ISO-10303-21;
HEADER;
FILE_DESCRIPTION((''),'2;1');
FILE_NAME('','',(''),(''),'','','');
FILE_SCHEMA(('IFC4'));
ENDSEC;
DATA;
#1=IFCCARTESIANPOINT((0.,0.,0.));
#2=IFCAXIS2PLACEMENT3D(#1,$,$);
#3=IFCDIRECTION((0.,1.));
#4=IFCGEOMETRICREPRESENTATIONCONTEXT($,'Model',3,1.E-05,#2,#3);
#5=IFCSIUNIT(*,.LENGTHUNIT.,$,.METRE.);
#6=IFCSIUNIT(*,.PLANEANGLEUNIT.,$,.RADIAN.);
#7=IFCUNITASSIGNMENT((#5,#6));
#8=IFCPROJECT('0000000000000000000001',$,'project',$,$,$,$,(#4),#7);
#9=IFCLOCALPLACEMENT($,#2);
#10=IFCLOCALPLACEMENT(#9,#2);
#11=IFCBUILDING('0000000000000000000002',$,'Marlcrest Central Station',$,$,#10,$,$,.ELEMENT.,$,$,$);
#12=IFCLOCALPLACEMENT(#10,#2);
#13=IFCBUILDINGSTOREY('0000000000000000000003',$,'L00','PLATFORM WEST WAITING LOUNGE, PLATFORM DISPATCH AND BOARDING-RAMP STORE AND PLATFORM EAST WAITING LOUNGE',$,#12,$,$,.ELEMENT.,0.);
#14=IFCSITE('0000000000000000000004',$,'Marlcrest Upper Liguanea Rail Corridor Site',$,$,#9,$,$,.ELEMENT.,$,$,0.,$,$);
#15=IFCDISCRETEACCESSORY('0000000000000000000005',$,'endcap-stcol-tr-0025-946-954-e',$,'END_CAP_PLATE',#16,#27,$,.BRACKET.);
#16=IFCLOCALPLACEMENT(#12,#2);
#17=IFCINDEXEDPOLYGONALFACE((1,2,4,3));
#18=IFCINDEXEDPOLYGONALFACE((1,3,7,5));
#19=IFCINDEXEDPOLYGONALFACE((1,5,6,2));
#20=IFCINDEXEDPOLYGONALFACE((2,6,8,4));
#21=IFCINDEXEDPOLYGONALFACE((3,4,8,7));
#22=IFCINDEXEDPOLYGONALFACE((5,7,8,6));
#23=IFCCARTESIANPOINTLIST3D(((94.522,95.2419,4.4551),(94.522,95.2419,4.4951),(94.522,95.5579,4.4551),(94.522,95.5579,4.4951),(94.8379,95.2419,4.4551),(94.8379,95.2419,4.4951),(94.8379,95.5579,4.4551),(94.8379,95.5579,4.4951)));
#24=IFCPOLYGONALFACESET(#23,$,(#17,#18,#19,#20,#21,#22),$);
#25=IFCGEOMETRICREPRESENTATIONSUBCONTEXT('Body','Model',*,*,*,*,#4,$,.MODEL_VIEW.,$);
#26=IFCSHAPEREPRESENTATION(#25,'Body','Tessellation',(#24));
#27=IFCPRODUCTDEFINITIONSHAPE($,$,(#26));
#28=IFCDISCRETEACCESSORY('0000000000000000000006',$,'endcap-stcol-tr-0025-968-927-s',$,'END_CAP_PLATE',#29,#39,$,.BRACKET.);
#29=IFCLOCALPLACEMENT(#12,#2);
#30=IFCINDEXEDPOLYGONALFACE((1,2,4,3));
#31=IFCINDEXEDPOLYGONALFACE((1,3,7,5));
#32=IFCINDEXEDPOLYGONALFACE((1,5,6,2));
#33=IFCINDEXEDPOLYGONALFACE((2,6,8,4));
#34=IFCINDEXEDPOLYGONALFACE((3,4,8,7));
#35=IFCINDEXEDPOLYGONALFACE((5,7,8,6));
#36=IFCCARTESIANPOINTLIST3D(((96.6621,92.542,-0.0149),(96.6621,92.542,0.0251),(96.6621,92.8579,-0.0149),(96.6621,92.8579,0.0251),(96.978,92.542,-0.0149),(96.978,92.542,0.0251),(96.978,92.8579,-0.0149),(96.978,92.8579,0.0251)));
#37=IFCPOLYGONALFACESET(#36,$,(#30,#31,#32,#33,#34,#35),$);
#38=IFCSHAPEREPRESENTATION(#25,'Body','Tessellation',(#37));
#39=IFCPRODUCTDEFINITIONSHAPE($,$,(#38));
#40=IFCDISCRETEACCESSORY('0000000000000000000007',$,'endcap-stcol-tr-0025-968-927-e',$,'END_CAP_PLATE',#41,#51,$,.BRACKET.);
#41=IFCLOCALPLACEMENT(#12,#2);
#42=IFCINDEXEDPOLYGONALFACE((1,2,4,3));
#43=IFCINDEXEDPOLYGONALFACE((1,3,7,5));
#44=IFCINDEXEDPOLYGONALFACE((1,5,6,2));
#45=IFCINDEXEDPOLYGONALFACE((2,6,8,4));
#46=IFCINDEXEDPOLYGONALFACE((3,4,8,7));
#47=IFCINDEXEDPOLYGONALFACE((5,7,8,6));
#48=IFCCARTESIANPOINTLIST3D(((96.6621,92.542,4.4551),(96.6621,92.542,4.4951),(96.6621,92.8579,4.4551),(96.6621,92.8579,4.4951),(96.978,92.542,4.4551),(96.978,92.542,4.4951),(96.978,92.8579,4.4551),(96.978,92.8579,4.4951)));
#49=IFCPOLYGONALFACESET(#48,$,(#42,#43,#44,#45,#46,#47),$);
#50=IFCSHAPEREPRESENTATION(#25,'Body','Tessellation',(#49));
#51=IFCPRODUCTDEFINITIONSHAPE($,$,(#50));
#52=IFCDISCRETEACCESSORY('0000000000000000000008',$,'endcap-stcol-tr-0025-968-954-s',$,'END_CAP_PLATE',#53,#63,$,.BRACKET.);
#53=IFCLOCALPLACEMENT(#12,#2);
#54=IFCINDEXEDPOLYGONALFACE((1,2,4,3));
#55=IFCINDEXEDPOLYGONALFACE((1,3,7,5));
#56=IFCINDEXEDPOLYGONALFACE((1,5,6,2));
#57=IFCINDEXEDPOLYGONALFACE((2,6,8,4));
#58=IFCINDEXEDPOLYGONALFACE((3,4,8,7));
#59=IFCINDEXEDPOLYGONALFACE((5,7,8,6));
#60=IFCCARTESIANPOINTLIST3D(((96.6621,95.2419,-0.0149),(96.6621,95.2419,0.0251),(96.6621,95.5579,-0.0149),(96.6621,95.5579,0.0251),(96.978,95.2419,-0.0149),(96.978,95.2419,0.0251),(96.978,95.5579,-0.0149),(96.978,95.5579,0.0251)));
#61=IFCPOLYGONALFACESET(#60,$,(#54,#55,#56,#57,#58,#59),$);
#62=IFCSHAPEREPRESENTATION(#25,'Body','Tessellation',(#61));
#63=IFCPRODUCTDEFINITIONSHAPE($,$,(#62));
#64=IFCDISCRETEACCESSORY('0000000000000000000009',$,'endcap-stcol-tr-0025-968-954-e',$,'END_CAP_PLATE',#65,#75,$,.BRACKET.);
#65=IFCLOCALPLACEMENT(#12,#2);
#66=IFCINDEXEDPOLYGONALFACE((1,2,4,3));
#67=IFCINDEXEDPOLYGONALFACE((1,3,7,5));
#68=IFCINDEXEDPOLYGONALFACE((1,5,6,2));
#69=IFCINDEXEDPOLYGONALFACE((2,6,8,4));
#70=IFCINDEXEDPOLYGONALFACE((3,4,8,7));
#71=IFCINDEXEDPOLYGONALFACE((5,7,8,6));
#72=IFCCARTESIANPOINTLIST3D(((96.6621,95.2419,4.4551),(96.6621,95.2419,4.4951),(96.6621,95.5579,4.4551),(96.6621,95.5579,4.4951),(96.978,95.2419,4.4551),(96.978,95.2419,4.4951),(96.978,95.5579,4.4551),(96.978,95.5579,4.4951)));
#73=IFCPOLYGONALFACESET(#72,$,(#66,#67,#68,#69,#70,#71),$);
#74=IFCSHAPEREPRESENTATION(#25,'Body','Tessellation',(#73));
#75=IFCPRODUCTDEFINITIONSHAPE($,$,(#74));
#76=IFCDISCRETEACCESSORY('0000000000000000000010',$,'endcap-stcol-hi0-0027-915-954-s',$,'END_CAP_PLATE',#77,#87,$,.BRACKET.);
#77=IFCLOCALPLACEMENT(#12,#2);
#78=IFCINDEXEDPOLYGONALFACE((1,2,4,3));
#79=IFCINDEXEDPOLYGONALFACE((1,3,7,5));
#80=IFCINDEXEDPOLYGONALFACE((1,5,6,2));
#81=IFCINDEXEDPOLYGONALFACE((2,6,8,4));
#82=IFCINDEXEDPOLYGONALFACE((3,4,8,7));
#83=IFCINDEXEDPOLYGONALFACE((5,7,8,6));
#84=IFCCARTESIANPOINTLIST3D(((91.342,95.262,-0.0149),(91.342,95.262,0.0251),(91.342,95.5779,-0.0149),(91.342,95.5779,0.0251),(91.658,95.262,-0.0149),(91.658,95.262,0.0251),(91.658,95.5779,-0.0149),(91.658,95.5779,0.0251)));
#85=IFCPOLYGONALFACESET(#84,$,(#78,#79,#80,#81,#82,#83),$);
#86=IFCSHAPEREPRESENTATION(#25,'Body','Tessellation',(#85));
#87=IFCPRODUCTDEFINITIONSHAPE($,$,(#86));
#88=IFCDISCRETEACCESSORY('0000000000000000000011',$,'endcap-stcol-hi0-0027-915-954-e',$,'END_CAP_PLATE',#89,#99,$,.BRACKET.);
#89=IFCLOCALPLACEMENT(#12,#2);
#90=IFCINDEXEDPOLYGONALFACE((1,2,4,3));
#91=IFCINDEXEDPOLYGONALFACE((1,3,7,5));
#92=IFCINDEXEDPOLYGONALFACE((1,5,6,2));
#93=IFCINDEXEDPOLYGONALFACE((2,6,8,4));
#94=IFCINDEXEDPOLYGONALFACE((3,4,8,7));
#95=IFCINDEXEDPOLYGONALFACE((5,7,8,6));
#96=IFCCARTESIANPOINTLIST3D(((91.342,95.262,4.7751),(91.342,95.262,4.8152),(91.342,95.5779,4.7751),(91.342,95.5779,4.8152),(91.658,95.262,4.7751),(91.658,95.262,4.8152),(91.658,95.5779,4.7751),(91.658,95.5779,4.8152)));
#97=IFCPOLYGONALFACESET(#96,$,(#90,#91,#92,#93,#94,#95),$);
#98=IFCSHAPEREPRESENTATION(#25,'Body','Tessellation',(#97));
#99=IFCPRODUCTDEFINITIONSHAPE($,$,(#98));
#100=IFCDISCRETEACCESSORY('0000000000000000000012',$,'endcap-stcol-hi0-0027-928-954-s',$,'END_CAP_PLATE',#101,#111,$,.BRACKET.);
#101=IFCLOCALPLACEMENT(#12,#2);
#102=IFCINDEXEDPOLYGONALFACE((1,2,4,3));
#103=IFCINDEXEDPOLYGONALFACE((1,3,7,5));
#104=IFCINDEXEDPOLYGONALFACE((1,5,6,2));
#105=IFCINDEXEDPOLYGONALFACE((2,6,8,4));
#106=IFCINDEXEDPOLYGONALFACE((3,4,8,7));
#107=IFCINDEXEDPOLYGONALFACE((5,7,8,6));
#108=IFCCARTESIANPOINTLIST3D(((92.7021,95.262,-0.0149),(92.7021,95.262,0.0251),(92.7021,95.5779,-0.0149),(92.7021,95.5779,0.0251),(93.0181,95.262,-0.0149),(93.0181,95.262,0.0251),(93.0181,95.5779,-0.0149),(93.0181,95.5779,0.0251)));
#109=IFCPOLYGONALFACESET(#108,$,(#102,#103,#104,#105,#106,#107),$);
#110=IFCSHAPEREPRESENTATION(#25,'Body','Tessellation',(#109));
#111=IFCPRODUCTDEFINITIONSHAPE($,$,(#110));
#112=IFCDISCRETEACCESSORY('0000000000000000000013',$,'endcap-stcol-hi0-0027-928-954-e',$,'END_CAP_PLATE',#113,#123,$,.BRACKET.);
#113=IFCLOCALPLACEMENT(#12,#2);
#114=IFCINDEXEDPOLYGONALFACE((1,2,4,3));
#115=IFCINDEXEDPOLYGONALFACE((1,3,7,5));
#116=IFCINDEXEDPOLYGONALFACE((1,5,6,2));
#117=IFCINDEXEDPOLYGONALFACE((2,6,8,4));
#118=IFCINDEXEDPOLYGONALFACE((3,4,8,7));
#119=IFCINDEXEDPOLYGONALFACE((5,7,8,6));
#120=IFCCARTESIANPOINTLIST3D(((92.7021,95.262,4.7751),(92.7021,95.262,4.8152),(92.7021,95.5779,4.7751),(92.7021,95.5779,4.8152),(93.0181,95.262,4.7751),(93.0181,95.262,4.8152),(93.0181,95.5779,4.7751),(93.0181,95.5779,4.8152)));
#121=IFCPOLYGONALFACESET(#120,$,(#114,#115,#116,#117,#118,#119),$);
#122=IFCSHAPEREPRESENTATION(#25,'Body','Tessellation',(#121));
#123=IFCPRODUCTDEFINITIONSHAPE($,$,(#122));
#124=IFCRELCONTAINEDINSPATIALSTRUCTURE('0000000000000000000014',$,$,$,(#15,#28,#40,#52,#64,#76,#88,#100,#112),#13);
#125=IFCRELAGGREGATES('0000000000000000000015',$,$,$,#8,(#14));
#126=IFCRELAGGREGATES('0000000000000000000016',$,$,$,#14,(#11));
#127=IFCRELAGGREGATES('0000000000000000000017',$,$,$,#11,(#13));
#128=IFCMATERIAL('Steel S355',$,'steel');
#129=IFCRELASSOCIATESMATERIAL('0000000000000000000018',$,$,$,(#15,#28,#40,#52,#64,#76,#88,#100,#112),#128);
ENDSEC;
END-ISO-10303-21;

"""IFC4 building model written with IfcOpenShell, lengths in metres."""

from ifc_helpers import new_model, si_unit, direction, frame, origin, origin_2d, place, context, subcontext, project, spatial, rectangle, extrude, material, element, save


model = new_model("IFC4")

# Units and contexts
model_context = context("Model", 3, precision=1e-05, world=origin(), true_north=direction((0.0, 1.0)))
body_context = subcontext(model_context, "Body", "Model", "MODEL_VIEW")
ifc_project = project(units=[si_unit("LENGTHUNIT", "METRE"), si_unit("PLANEANGLEUNIT", "RADIAN")], contexts=[model_context])

# Site, building, storey
site_placement = place(None, origin())
site = spatial("IfcSite", under=ifc_project, at=site_placement, Name="Marlcrest Upper Liguanea Rail Corridor Site", CompositionType="ELEMENT", RefElevation=0.0)
building_placement = place(site_placement, origin())
building = spatial("IfcBuilding", under=site, at=building_placement, Name="Marlcrest Central Station", CompositionType="ELEMENT")
storey_placement = place(building_placement, origin())
storey = spatial("IfcBuildingStorey", under=building, at=storey_placement, Name="L00", Description="PLATFORM WEST WAITING LOUNGE, PLATFORM DISPATCH AND BOARDING-RAMP STORE AND PLATFORM EAST WAITING LOUNGE", CompositionType="ELEMENT", Elevation=0.0)

# Shared definitions
ifc_material_1 = material(Name="Steel S355", Category="steel")

# Discrete accessories
for number, where, z_axis, x_axis, name in (
    (1, (94.6799, 95.3999, 4.4551), (0.0, 0.0, 1.0), (1.0, 0.0, 0.0), "endcap-stcol-tr-0025-946-954-e"),
    (2, (96.8201, 92.7, -0.0149), (0.0, 0.0, 1.0), (1.0, 0.0, 0.0), "endcap-stcol-tr-0025-968-927-s"),
    (3, (96.8201, 92.7, 4.4551), (0.0, 0.0, 1.0), (1.0, 0.0, 0.0), "endcap-stcol-tr-0025-968-927-e"),
    (4, (96.8201, 95.3999, -0.0149), (0.0, 0.0, 1.0), (1.0, 0.0, 0.0), "endcap-stcol-tr-0025-968-954-s"),
    (5, (96.8201, 95.3999, 4.4551), (0.0, 0.0, 1.0), (1.0, 0.0, 0.0), "endcap-stcol-tr-0025-968-954-e"),
    (6, (91.5, 95.4199, -0.0149), (0.0, 0.0, 1.0), (1.0, 0.0, 0.0), "endcap-stcol-hi0-0027-915-954-s"),
    (7, (91.5, 95.4199, 4.7751), (0.0, 0.0, 1.0), (1.0, 0.0, 0.0), "endcap-stcol-hi0-0027-915-954-e"),
    (8, (92.8601, 95.4199, -0.0149), (0.0, 0.0, 1.0), (1.0, 0.0, 0.0), "endcap-stcol-hi0-0027-928-954-s"),
    (9, (92.8601, 95.4199, 4.7751), (0.0, 0.0, 1.0), (1.0, 0.0, 0.0), "endcap-stcol-hi0-0027-928-954-e"),
):
    element("IfcDiscreteAccessory", number, at=place(storey_placement, frame(where, z_axis=z_axis, x_axis=x_axis)), inside=storey, material=ifc_material_1, Name=name, ObjectType="END_CAP_PLATE", PredefinedType="BRACKET", context=body_context, shape_type="SweptSolid", body=[
        extrude(rectangle(XDim=0.3159, YDim=0.3159, at=origin_2d()), origin(), (0.0, 0.0, 1.0), 0.04),
    ])

save(model, "model.ifc")
